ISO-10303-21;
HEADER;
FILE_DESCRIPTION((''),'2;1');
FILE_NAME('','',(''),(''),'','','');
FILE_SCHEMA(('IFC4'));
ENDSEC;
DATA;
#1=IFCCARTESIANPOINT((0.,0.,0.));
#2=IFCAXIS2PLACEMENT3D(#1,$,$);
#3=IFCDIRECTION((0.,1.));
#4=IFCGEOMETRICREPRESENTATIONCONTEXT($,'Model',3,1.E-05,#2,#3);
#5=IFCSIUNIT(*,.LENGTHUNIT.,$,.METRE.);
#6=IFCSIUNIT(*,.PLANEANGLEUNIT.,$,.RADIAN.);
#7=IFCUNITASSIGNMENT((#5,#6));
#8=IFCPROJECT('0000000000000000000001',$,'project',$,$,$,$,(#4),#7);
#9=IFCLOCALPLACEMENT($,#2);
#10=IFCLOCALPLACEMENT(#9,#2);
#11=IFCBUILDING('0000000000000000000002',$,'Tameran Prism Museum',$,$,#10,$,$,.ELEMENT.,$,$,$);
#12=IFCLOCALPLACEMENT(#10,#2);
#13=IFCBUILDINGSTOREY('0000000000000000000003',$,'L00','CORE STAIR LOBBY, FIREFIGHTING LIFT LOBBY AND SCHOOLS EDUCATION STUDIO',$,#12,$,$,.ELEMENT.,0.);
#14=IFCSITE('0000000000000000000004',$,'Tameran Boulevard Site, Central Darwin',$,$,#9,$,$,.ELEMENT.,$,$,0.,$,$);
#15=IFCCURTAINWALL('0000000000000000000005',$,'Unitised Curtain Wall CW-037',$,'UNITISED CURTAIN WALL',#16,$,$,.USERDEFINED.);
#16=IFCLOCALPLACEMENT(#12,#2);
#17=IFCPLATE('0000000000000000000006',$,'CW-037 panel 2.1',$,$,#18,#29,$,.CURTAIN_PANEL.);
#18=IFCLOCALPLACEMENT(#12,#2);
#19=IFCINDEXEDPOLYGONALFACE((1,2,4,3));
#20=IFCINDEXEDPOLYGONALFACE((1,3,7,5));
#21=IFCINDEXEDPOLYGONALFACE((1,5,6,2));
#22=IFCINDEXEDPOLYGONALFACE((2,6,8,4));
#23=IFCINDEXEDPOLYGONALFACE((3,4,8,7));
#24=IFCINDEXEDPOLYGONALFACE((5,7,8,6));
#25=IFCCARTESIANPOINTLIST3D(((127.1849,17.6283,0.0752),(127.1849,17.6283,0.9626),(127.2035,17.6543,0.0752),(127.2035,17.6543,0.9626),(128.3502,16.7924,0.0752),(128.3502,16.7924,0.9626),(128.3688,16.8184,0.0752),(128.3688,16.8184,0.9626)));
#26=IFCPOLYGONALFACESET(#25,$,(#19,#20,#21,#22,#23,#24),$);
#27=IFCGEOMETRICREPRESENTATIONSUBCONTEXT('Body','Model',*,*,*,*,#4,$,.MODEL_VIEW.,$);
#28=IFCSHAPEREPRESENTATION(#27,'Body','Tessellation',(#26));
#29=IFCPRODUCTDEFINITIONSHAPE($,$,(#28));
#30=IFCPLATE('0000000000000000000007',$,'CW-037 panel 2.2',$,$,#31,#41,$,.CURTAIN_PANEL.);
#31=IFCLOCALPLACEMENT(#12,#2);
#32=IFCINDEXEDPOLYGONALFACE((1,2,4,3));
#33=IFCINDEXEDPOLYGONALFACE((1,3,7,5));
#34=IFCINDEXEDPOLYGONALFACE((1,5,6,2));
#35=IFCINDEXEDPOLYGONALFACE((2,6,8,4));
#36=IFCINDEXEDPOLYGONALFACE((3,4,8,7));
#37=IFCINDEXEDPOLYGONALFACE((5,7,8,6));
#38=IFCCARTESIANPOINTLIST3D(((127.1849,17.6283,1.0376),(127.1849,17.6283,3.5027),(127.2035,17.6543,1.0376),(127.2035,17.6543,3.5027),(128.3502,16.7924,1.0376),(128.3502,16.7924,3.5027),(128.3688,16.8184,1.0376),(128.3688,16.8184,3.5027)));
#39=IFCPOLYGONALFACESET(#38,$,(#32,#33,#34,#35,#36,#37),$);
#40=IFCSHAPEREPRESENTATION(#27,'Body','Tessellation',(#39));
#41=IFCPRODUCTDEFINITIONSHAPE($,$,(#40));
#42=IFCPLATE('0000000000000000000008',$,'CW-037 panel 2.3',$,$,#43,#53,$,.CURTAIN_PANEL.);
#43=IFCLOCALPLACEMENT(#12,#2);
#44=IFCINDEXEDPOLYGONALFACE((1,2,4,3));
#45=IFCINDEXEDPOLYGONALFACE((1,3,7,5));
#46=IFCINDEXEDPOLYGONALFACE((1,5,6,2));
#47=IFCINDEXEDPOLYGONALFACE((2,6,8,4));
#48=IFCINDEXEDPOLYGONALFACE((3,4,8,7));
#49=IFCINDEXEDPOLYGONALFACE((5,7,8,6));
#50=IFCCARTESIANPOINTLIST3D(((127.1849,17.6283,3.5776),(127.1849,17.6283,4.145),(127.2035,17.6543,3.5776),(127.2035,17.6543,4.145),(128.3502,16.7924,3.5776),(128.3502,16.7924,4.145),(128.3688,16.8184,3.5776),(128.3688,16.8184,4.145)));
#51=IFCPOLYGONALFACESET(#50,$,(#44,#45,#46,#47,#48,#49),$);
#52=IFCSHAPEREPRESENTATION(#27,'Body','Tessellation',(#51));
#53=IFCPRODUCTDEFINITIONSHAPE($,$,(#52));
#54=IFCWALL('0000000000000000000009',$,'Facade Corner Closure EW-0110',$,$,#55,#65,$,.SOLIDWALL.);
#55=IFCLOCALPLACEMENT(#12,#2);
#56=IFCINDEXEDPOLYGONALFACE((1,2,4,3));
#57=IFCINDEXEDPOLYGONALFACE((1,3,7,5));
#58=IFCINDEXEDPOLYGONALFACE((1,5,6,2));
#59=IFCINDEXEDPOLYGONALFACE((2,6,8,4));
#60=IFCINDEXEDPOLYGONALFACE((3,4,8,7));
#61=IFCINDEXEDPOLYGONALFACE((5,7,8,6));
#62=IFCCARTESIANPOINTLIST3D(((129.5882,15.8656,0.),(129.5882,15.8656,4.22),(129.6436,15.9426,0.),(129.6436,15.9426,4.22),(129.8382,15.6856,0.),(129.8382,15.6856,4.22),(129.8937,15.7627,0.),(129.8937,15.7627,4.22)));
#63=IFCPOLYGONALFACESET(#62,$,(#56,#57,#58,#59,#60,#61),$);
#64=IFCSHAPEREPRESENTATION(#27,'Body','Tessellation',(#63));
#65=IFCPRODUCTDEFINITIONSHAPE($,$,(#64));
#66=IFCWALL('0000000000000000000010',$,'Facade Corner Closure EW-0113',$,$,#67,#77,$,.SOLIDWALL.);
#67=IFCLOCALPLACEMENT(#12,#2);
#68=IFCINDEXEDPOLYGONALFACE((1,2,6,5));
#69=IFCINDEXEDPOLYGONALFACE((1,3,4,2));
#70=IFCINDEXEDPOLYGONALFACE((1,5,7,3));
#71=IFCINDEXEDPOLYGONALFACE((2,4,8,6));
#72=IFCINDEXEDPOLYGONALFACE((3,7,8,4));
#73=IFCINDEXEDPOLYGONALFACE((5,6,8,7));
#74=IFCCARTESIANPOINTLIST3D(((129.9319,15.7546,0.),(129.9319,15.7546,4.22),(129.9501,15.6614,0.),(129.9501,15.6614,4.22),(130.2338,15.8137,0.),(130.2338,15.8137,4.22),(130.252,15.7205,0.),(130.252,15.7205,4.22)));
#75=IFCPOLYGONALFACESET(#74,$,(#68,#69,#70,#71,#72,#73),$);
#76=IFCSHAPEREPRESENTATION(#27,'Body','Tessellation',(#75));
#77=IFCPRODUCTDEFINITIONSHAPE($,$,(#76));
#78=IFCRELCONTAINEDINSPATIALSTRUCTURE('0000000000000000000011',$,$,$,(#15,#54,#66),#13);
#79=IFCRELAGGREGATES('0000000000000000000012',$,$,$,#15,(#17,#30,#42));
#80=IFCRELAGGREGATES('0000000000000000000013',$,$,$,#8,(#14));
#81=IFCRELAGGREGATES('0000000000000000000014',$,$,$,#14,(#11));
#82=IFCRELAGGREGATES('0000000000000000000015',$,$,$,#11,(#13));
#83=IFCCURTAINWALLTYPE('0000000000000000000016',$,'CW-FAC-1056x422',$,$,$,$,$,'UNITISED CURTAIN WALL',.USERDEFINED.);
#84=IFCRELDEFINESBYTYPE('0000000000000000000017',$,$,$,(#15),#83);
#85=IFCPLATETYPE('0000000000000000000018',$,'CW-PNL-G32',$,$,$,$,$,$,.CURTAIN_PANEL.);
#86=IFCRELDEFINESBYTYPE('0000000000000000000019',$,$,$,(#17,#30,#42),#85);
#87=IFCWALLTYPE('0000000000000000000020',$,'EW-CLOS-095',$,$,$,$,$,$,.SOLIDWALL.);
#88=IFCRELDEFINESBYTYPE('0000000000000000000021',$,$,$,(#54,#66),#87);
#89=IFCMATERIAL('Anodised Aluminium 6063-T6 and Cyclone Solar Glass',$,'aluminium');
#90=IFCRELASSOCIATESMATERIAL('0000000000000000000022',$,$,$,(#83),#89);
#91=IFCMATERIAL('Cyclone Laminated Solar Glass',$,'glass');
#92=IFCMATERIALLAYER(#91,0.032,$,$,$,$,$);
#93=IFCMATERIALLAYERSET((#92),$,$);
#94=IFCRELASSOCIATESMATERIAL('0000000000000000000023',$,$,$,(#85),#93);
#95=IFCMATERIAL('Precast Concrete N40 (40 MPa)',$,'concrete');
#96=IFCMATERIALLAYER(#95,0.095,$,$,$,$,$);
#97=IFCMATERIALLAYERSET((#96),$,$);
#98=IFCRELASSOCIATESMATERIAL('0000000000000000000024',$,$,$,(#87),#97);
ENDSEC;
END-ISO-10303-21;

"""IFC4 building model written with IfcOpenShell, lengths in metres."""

from ifc_helpers import new_model, si_unit, direction, frame, frame_2d, origin, origin_2d, place, context, subcontext, project, spatial, rectangle, extrude, material, layer, layer_set, type_object, element, aggregate, save


model = new_model("IFC4")

# Units and contexts
model_context = context("Model", 3, precision=1e-05, world=origin(), true_north=direction((0.0, 1.0)))
body_context = subcontext(model_context, "Body", "Model", "MODEL_VIEW")
ifc_project = project(units=[si_unit("LENGTHUNIT", "METRE"), si_unit("PLANEANGLEUNIT", "RADIAN")], contexts=[model_context])

# Site, building, storey
site_placement = place(None, origin())
site = spatial("IfcSite", under=ifc_project, at=site_placement, Name="Tameran Boulevard Site, Central Darwin", CompositionType="ELEMENT", RefElevation=0.0)
building_placement = place(site_placement, origin())
building = spatial("IfcBuilding", under=site, at=building_placement, Name="Tameran Prism Museum", CompositionType="ELEMENT")
storey_placement = place(building_placement, origin())
storey = spatial("IfcBuildingStorey", under=building, at=storey_placement, Name="L00", Description="CORE STAIR LOBBY, FIREFIGHTING LIFT LOBBY AND SCHOOLS EDUCATION STUDIO", CompositionType="ELEMENT", Elevation=0.0)

# Curtain wall
ifc_material_1 = material(Name="Anodised Aluminium 6063-T6 and Cyclone Solar Glass", Category="aluminium")
curtain_wall_type_1 = type_object("IfcCurtainWallType", Name="CW-FAC-1056x422", ElementType="UNITISED CURTAIN WALL", PredefinedType="USERDEFINED", material=ifc_material_1)
curtain_wall_1_placement = place(storey_placement, origin())
curtain_wall_1 = element("IfcCurtainWall", 1, at=curtain_wall_1_placement, inside=storey, type_object=curtain_wall_type_1, Name="Unitised Curtain Wall CW-037", ObjectType="UNITISED CURTAIN WALL", PredefinedType="USERDEFINED")

# Plates
ifc_material_2 = material(Name="Cyclone Laminated Solar Glass", Category="glass")
ifc_layer_1 = layer(ifc_material_2, 0.032)
ifc_layer_set_1 = layer_set([ifc_layer_1])
plate_type_1 = type_object("IfcPlateType", Name="CW-PNL-G32", PredefinedType="CURTAIN_PANEL", material=ifc_layer_set_1)
plate_1_placement = place(storey_placement, frame((127.7769, 17.2234, 0.0752), z_axis=(0.0, 0.0, 1.0), x_axis=(-0.812555, 0.582885, 0.0)))
plate_1 = element("IfcPlate", 2, at=plate_1_placement, type_object=plate_type_1, Name="CW-037 panel 2.1", PredefinedType="CURTAIN_PANEL", context=body_context, shape_type="SweptSolid", body=[
    extrude(rectangle(XDim=1.4341, YDim=0.032, at=origin_2d()), origin(), (0.0, 0.0, 1.0), 0.8875),
])
plate_2_placement = place(storey_placement, frame((127.7769, 17.2234, 1.0376), z_axis=(0.0, 0.0, 1.0), x_axis=(-0.812555, 0.582885, 0.0)))
plate_2 = element("IfcPlate", 3, at=plate_2_placement, type_object=plate_type_1, Name="CW-037 panel 2.2", PredefinedType="CURTAIN_PANEL", context=body_context, shape_type="SweptSolid", body=[
    extrude(rectangle(XDim=1.4341, YDim=0.032, at=origin_2d()), origin(), (0.0, 0.0, 1.0), 2.4651),
])
plate_3_placement = place(storey_placement, frame((127.7769, 17.2234, 3.5776), z_axis=(0.0, 0.0, 1.0), x_axis=(-0.812555, 0.582885, 0.0)))
plate_3 = element("IfcPlate", 4, at=plate_3_placement, type_object=plate_type_1, Name="CW-037 panel 2.3", PredefinedType="CURTAIN_PANEL", context=body_context, shape_type="SweptSolid", body=[
    extrude(rectangle(XDim=1.4341, YDim=0.032, at=origin_2d()), origin(), (0.0, 0.0, 1.0), 0.5674),
])
aggregate(curtain_wall_1, [plate_1, plate_2, plate_3])

# Walls
ifc_material_3 = material(Name="Precast Concrete N40 (40 MPa)", Category="concrete")
ifc_layer_2 = layer(ifc_material_3, 0.095)
ifc_layer_set_2 = layer_set([ifc_layer_2])
wall_type = type_object("IfcWallType", Name="EW-CLOS-095", PredefinedType="SOLIDWALL", material=ifc_layer_set_2)
wall_1_placement = place(storey_placement, frame((129.866, 15.7241, 0.0), z_axis=(0.0, 0.0, 1.0), x_axis=(-0.81164, 0.584159, 0.0)))
element("IfcWall", 5, at=wall_1_placement, inside=storey, type_object=wall_type, Name="Facade Corner Closure EW-0110", PredefinedType="SOLIDWALL", context=body_context, shape_type="SweptSolid", body=[
    extrude(rectangle(XDim=0.3081, YDim=0.095, at=frame_2d((0.1541, 0.0))), origin(), (0.0, 0.0, 1.0), 4.22),
])
wall_2_placement = place(storey_placement, frame((130.2429, 15.7671, 0.0), z_axis=(0.0, 0.0, 1.0), x_axis=(-0.981396, -0.191995, 0.0)))
element("IfcWall", 6, at=wall_2_placement, inside=storey, type_object=wall_type, Name="Facade Corner Closure EW-0113", PredefinedType="SOLIDWALL", context=body_context, shape_type="SweptSolid", body=[
    extrude(rectangle(XDim=0.3076, YDim=0.095, at=frame_2d((0.1538, 0.0))), origin(), (0.0, 0.0, 1.0), 4.22),
])

save(model, "model.ifc")
